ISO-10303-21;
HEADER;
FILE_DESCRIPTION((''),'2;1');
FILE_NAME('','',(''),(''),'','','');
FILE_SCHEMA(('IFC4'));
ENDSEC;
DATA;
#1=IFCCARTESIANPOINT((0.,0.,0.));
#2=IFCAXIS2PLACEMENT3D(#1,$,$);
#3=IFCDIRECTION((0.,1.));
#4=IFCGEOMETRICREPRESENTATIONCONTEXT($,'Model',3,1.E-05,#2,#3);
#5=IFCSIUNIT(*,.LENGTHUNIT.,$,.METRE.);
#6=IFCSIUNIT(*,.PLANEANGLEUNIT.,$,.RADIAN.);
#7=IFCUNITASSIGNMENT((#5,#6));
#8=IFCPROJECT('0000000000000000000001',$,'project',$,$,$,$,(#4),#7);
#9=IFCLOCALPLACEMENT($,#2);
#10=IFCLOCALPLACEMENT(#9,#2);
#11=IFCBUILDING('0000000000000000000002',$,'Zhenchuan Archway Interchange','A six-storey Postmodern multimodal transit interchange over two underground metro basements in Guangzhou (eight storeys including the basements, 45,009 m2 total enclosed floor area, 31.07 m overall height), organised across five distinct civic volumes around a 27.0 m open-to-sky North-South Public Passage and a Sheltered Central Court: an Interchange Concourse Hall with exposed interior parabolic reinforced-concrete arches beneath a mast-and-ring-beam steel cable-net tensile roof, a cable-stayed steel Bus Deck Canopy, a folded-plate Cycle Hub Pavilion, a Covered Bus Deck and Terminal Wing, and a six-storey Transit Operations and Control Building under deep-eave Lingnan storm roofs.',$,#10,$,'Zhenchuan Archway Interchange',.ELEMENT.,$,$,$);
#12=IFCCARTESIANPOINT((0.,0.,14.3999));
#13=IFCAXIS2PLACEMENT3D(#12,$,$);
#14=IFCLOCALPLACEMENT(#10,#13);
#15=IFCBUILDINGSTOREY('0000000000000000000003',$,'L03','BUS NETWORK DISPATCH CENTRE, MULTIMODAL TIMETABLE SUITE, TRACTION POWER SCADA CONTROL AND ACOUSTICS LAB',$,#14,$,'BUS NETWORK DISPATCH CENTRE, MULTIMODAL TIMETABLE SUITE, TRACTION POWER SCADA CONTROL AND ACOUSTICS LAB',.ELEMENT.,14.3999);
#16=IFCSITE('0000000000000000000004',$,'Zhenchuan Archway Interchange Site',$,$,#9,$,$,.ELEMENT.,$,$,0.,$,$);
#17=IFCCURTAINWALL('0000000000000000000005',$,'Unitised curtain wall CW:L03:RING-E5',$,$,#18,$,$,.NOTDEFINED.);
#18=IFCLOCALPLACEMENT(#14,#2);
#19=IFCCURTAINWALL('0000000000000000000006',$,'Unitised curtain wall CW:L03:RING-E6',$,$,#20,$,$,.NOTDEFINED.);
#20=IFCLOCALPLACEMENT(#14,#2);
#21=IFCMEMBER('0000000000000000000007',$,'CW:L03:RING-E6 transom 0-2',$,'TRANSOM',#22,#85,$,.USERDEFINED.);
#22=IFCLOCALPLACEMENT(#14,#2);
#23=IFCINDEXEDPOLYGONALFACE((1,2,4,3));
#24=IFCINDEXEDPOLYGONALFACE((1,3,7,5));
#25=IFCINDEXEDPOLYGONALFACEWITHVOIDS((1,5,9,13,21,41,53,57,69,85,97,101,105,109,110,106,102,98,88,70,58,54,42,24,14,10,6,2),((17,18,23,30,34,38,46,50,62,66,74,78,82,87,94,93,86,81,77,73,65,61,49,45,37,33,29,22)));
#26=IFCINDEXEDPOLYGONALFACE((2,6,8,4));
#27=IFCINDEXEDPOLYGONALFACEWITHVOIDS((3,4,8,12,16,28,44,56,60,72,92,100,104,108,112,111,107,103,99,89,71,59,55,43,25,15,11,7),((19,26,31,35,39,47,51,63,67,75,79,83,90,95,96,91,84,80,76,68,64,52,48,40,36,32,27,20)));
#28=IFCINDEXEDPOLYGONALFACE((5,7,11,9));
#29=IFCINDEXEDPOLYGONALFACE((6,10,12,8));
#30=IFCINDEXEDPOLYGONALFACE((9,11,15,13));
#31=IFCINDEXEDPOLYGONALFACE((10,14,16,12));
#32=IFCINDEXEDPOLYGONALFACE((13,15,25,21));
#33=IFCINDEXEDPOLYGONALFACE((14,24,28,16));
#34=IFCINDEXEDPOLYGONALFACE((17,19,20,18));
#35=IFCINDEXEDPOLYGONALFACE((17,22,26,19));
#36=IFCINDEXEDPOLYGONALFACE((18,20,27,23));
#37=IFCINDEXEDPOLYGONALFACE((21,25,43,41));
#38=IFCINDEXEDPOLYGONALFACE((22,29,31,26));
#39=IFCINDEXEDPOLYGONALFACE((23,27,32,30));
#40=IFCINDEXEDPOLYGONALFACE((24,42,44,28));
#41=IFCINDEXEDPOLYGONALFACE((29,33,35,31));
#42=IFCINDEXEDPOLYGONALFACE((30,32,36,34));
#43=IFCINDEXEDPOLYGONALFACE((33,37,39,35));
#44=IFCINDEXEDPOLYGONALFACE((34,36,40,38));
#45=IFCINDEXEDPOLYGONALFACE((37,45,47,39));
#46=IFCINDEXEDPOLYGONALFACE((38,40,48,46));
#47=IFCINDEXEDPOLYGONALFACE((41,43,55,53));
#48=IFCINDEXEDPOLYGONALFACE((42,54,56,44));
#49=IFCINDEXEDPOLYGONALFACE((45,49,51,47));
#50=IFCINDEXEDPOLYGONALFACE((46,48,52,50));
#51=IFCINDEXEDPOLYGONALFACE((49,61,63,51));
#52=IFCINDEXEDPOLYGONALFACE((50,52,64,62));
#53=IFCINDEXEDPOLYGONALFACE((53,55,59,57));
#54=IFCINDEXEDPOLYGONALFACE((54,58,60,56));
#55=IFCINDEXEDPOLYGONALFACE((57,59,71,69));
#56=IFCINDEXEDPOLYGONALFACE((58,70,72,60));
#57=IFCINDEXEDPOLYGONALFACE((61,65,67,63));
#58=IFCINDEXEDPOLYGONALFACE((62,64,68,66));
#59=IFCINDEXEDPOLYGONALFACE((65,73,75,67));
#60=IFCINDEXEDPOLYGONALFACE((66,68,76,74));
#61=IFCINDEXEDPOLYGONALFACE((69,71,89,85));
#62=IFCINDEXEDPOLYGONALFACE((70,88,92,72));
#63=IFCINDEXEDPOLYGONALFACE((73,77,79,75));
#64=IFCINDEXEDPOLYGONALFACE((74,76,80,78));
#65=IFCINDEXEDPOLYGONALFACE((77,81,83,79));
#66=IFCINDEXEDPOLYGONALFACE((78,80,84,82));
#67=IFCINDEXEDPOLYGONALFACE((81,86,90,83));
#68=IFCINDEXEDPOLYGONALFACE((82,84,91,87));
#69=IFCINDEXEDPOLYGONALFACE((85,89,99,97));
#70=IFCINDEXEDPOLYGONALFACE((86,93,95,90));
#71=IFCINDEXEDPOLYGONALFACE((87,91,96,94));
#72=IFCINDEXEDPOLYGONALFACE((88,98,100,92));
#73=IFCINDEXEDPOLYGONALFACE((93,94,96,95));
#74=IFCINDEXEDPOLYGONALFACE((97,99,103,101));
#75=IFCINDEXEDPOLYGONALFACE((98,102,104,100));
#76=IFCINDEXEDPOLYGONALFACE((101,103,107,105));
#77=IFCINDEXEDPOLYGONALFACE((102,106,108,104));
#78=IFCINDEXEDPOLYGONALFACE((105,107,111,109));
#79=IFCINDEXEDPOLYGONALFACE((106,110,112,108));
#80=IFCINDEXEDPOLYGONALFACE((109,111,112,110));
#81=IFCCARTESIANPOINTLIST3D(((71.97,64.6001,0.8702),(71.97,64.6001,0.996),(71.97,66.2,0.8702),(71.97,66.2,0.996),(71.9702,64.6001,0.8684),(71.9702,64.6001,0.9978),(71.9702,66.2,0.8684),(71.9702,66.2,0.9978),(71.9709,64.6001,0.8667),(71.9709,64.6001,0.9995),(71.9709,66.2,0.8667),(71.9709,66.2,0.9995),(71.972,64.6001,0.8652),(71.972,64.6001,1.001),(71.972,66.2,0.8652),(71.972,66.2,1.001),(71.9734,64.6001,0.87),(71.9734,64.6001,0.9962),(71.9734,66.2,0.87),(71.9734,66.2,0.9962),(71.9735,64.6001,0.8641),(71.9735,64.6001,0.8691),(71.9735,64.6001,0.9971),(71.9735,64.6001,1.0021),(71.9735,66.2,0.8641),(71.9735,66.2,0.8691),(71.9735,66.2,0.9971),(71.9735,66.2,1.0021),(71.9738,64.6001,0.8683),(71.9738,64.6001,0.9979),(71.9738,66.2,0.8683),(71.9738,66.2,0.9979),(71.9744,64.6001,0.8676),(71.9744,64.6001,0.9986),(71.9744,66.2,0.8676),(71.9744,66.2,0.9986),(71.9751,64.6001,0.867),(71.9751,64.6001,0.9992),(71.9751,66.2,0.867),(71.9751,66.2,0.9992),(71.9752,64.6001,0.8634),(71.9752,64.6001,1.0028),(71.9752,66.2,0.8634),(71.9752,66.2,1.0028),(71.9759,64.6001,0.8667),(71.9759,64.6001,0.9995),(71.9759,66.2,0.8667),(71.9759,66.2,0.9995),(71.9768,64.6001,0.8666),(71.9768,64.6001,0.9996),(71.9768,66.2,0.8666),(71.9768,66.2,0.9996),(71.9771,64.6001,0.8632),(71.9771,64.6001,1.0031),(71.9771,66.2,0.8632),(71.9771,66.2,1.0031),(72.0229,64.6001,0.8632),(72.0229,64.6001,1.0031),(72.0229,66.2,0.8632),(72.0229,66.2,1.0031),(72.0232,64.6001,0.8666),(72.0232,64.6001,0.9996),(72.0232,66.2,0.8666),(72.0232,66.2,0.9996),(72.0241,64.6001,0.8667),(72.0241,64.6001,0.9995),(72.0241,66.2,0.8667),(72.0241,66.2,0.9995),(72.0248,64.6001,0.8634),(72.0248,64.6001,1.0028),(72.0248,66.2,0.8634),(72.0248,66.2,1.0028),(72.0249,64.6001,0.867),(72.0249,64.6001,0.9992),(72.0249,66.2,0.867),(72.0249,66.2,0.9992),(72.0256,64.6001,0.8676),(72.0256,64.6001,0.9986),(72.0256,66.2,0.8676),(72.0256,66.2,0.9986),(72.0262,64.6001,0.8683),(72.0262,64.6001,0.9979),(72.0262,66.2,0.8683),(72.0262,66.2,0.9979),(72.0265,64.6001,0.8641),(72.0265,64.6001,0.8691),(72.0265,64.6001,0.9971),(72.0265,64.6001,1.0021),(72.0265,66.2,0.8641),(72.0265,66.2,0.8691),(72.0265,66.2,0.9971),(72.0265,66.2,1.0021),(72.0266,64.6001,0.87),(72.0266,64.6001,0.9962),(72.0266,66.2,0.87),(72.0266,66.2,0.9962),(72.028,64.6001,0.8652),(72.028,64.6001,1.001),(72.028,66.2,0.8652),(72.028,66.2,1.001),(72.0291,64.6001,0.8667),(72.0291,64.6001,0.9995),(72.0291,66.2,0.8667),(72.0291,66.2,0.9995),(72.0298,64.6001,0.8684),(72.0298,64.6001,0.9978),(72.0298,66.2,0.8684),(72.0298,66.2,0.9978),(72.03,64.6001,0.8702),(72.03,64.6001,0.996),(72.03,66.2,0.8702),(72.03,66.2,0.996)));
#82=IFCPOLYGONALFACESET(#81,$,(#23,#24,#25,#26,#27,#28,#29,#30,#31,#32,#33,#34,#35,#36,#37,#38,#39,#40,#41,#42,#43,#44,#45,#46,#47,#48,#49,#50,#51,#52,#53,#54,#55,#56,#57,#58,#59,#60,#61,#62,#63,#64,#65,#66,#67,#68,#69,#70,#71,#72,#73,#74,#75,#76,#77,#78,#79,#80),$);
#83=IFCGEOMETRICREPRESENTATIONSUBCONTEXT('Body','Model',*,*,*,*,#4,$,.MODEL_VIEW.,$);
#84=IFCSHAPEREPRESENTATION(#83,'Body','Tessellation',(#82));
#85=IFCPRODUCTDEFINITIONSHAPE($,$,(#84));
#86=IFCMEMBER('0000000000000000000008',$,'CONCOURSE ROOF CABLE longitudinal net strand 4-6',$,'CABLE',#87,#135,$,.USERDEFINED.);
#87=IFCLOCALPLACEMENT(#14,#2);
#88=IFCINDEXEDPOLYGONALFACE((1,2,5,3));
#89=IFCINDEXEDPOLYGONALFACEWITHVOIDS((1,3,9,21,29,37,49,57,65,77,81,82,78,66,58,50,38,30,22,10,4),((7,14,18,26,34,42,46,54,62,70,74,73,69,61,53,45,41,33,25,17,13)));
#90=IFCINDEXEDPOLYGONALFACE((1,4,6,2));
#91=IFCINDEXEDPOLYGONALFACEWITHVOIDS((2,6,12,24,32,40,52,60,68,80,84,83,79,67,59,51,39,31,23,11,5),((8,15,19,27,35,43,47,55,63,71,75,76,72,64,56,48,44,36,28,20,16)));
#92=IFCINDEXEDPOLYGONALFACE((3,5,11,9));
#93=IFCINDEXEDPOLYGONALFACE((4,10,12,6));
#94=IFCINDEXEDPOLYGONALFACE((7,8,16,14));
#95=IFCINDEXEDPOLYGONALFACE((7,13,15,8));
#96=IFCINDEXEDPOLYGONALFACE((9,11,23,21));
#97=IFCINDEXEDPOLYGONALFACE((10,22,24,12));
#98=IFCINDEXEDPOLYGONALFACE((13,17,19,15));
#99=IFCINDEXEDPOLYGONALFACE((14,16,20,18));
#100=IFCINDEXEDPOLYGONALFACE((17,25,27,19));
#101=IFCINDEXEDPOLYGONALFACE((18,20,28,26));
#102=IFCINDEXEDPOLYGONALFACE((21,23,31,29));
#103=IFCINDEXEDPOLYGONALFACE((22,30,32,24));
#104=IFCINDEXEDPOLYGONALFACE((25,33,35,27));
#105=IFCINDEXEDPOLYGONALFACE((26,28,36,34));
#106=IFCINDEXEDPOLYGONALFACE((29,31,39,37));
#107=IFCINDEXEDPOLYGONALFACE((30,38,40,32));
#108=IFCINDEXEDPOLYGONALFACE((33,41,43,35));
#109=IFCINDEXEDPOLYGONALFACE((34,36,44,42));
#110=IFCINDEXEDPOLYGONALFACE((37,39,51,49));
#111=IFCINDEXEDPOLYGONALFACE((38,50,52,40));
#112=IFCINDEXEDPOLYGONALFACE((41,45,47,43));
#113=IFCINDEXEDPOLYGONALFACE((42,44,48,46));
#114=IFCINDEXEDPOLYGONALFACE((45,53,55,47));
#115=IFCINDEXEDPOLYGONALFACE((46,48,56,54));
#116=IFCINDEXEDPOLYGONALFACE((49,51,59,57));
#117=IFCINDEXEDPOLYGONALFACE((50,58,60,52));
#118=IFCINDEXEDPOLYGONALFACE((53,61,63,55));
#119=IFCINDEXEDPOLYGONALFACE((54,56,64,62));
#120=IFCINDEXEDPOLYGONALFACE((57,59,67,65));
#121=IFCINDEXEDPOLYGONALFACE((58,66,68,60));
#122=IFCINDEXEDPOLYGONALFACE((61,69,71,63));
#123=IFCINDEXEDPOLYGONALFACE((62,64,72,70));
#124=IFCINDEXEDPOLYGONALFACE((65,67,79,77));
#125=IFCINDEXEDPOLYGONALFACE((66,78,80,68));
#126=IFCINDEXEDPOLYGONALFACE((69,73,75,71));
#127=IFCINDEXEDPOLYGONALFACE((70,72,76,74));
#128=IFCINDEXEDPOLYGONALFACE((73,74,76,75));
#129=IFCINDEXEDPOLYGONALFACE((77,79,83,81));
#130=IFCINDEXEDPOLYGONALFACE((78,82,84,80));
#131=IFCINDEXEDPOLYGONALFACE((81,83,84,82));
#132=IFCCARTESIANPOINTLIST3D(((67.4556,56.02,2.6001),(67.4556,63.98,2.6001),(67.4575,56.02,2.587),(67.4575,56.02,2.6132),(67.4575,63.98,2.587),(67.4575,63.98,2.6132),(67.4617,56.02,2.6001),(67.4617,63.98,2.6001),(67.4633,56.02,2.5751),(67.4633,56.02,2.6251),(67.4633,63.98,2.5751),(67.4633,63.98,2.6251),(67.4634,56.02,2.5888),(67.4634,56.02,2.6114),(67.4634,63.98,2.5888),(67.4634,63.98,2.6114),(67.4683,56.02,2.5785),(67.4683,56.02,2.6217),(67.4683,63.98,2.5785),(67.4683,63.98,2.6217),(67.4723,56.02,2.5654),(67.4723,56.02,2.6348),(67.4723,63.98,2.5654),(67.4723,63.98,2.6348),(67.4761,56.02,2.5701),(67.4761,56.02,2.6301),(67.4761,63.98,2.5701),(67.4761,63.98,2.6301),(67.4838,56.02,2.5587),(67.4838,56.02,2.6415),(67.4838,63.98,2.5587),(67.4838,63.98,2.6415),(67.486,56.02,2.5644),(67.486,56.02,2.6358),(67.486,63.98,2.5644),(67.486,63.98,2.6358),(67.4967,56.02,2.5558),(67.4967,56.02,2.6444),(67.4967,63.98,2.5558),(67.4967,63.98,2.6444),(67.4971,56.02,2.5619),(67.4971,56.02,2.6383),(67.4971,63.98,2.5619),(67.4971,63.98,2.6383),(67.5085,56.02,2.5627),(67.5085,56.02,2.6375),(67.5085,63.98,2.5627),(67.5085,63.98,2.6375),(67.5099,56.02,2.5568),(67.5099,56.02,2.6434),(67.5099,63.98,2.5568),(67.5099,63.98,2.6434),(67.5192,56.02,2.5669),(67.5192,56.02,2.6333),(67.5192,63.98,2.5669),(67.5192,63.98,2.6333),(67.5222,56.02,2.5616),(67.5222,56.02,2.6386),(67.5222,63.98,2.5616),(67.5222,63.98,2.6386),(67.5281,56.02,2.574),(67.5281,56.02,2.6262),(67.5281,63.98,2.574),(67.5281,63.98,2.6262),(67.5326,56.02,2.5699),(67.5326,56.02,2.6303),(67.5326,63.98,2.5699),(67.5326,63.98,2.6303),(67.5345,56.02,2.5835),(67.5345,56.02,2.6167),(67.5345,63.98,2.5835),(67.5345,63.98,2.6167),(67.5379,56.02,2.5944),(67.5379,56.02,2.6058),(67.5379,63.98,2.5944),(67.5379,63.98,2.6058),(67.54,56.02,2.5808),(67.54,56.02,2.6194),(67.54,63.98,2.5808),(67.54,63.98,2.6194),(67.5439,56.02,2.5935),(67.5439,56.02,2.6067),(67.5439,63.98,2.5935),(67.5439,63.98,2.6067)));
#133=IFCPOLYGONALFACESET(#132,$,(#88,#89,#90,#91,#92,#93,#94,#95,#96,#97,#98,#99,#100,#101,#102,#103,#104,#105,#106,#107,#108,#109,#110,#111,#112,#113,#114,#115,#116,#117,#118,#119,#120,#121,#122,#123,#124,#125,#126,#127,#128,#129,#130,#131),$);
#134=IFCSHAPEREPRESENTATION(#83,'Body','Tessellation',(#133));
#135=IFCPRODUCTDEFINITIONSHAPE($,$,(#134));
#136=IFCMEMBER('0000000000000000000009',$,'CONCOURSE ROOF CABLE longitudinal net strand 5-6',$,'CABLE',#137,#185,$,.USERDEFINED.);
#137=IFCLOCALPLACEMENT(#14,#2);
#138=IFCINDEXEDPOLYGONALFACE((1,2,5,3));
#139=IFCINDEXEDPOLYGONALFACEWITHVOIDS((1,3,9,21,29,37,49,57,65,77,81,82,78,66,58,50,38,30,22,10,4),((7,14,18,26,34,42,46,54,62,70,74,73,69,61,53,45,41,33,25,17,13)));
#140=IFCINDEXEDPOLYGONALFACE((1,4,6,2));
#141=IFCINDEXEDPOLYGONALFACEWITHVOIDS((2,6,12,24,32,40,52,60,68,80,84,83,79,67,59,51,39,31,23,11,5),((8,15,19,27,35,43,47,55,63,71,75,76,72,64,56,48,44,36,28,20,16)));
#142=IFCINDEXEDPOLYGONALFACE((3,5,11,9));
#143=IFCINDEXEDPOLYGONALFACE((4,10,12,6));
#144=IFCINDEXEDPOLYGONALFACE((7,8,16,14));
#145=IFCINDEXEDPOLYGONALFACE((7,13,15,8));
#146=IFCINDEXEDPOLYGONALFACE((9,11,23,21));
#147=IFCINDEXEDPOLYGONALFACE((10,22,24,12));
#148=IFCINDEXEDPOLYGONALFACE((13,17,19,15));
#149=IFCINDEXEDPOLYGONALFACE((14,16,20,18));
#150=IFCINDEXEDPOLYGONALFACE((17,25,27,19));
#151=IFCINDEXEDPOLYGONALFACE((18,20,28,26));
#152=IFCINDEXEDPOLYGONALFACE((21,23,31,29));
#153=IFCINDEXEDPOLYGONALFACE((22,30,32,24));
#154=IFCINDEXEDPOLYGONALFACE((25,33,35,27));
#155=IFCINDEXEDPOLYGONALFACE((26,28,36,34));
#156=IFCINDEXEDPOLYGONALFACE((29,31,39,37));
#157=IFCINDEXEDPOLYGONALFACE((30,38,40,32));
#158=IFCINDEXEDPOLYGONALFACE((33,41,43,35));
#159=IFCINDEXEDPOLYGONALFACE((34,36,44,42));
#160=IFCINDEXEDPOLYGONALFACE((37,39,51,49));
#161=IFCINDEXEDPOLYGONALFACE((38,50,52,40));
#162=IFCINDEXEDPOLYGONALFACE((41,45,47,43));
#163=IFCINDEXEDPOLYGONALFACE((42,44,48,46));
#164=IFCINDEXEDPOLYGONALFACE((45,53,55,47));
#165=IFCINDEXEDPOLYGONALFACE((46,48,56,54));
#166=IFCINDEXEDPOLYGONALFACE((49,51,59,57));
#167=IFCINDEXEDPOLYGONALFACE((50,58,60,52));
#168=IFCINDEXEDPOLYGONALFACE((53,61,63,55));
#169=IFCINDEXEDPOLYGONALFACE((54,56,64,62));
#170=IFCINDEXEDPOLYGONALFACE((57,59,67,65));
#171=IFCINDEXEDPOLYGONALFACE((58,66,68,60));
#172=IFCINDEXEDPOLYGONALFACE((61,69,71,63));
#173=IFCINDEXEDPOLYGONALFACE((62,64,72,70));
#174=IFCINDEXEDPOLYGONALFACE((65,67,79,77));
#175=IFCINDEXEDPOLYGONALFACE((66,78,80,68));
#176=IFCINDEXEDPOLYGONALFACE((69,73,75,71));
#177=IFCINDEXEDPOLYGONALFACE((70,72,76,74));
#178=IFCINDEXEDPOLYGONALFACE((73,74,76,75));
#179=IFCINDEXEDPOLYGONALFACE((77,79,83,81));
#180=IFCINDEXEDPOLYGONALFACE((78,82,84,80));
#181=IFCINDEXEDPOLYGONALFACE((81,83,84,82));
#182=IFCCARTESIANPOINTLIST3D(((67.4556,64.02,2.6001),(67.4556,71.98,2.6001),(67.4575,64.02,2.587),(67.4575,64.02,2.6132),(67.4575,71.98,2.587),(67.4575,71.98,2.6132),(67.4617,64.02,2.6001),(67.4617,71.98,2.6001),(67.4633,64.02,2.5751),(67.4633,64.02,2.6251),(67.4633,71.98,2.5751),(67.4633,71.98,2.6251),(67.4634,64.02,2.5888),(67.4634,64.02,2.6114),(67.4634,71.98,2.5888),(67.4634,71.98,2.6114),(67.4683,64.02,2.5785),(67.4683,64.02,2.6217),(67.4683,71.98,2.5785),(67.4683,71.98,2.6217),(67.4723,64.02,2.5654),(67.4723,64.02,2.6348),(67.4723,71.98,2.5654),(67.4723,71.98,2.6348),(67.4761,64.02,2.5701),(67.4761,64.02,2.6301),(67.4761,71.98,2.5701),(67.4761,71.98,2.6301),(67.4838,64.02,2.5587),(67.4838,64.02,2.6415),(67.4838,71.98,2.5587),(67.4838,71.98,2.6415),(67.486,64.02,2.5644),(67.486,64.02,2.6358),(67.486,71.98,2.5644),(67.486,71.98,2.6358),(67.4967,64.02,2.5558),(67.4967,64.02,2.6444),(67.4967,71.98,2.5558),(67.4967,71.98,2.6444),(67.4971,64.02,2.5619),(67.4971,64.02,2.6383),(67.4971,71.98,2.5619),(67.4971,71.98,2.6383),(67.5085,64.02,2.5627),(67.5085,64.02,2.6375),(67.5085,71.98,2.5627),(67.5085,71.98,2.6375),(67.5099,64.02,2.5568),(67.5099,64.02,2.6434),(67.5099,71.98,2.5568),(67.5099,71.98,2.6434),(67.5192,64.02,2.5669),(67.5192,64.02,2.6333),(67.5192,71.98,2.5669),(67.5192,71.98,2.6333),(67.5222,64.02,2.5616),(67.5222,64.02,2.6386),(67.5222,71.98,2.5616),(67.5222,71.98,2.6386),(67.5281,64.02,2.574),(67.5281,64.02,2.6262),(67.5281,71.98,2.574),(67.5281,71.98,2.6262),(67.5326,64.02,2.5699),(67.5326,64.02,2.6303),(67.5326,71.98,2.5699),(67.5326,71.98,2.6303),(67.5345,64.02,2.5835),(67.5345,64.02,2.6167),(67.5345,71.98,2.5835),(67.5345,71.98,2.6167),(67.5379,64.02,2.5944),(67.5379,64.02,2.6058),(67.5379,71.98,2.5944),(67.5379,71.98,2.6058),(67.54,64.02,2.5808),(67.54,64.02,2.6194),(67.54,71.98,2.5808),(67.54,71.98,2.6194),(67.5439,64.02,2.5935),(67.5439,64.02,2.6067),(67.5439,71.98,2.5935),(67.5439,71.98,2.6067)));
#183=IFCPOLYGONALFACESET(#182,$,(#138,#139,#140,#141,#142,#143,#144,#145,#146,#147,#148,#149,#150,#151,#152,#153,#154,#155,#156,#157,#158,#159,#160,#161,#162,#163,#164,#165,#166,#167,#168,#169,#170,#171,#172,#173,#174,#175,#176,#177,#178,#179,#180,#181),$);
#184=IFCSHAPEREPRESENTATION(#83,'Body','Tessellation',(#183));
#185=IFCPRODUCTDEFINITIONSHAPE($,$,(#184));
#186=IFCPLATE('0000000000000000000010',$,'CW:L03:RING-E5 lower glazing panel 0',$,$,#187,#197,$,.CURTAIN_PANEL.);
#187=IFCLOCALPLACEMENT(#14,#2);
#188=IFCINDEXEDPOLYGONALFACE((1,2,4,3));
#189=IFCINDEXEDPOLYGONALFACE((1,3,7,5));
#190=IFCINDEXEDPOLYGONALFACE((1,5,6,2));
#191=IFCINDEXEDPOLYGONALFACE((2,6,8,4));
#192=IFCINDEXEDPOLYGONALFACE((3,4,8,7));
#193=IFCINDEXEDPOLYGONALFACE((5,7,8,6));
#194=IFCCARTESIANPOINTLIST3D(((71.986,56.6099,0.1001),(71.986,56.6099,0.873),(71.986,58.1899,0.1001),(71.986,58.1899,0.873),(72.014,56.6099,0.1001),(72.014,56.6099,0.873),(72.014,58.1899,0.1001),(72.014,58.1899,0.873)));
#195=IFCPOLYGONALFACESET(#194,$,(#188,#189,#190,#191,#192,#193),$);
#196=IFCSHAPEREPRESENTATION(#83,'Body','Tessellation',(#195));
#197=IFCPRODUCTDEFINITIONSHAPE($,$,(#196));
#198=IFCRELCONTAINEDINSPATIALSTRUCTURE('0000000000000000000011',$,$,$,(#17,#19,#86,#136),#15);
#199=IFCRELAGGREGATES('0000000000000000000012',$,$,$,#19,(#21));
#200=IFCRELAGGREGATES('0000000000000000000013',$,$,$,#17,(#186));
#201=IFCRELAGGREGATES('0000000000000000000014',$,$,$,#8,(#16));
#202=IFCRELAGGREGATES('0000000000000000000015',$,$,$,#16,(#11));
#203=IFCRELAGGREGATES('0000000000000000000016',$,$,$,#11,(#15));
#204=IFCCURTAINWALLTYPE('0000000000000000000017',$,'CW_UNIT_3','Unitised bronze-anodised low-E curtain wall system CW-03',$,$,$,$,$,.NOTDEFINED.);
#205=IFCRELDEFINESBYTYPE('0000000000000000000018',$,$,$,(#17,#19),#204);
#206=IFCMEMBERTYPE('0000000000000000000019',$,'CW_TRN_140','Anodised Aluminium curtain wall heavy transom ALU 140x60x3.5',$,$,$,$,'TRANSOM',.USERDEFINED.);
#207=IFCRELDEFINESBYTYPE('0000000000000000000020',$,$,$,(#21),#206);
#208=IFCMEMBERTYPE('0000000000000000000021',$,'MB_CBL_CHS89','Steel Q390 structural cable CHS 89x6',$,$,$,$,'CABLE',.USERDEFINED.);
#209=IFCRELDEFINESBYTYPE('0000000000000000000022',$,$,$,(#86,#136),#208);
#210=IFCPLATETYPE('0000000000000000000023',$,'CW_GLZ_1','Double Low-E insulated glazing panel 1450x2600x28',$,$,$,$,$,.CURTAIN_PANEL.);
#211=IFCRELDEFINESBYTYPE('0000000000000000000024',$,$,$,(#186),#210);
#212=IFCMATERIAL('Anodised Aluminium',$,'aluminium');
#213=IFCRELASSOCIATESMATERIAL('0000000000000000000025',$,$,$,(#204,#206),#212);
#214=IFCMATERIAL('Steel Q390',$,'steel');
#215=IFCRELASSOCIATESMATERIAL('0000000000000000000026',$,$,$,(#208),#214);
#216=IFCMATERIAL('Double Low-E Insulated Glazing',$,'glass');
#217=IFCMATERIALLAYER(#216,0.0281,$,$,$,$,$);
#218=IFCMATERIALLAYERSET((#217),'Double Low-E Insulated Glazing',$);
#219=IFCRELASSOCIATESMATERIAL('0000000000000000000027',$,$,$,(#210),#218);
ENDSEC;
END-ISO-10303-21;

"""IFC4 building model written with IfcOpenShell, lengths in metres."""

from ifc_helpers import new_model, si_unit, direction, frame, origin, origin_2d, place, context, subcontext, project, spatial, rectangle, hollow_rectangle, hollow_circle, extrude, material, layer, layer_set, material_profile, profile_set, type_object, element, aggregate, save


model = new_model("IFC4")

# Units and contexts
model_context = context("Model", 3, precision=1e-05, world=origin(), true_north=direction((0.0, 1.0)))
body_context = subcontext(model_context, "Body", "Model", "MODEL_VIEW")
ifc_project = project(units=[si_unit("LENGTHUNIT", "METRE"), si_unit("PLANEANGLEUNIT", "RADIAN")], contexts=[model_context])

# Site, building, storey
site_placement = place(None, origin())
site = spatial("IfcSite", under=ifc_project, at=site_placement, Name="Zhenchuan Archway Interchange Site", CompositionType="ELEMENT", RefElevation=0.0)
building_placement = place(site_placement, origin())
building = spatial("IfcBuilding", under=site, at=building_placement, Name="Zhenchuan Archway Interchange", Description="A six-storey Postmodern multimodal transit interchange over two underground metro basements in Guangzhou (eight storeys including the basements, 45,009 m2 total enclosed floor area, 31.07 m overall height), organised across five distinct civic volumes around a 27.0 m open-to-sky North-South Public Passage and a Sheltered Central Court: an Interchange Concourse Hall with exposed interior parabolic reinforced-concrete arches beneath a mast-and-ring-beam steel cable-net tensile roof, a cable-stayed steel Bus Deck Canopy, a folded-plate Cycle Hub Pavilion, a Covered Bus Deck and Terminal Wing, and a six-storey Transit Operations and Control Building under deep-eave Lingnan storm roofs.", LongName="Zhenchuan Archway Interchange", CompositionType="ELEMENT")
storey_placement = place(building_placement, frame((0.0, 0.0, 14.3999)))
storey = spatial("IfcBuildingStorey", under=building, at=storey_placement, Name="L03", Description="BUS NETWORK DISPATCH CENTRE, MULTIMODAL TIMETABLE SUITE, TRACTION POWER SCADA CONTROL AND ACOUSTICS LAB", LongName="BUS NETWORK DISPATCH CENTRE, MULTIMODAL TIMETABLE SUITE, TRACTION POWER SCADA CONTROL AND ACOUSTICS LAB", CompositionType="ELEMENT", Elevation=14.3999)

# Shared definitions
ifc_material_1 = material(Name="Steel Q390", Category="steel")

# Curtain wall
ifc_material_2 = material(Name="Anodised Aluminium", Category="aluminium")
curtain_wall_type = type_object("IfcCurtainWallType", Name="CW_UNIT_3", Description="Unitised bronze-anodised low-E curtain wall system CW-03", PredefinedType="NOTDEFINED", material=ifc_material_2)
curtain_wall_1_placement = place(storey_placement, origin())
curtain_wall_1 = element("IfcCurtainWall", 1, at=curtain_wall_1_placement, inside=storey, type_object=curtain_wall_type, Name="Unitised curtain wall CW:L03:RING-E5", PredefinedType="NOTDEFINED")

# Curtain wall
curtain_wall_2_placement = place(storey_placement, origin())
curtain_wall_2 = element("IfcCurtainWall", 2, at=curtain_wall_2_placement, inside=storey, type_object=curtain_wall_type, Name="Unitised curtain wall CW:L03:RING-E6", PredefinedType="NOTDEFINED")

# Member
ifc_material_profile_1 = material_profile(ifc_material_2, hollow_rectangle(XDim=0.0601, YDim=0.1399, WallThickness=0.0034, InnerFilletRadius=0.0034, OuterFilletRadius=0.0071, at=origin_2d()), Name="ALU 140x60x3.5")
ifc_profile_set_1 = profile_set([ifc_material_profile_1], Name="Anodised Aluminium")
member_type_1 = type_object("IfcMemberType", Name="CW_TRN_140", Description="Anodised Aluminium curtain wall heavy transom ALU 140x60x3.5", ElementType="TRANSOM", PredefinedType="USERDEFINED", material=ifc_profile_set_1)
member_1_placement = place(storey_placement, frame((72.0, 64.6001, 0.9331), z_axis=(0.0, 1.0, 0.0), x_axis=(-1.0, 0.0, 0.0)))
member_1 = element("IfcMember", 3, at=member_1_placement, type_object=member_type_1, Name="CW:L03:RING-E6 transom 0-2", ObjectType="TRANSOM", PredefinedType="USERDEFINED", context=body_context, shape_type="SweptSolid", body=[
    extrude(hollow_rectangle(XDim=0.0601, YDim=0.1399, WallThickness=0.0034, InnerFilletRadius=0.0034, OuterFilletRadius=0.0071, at=origin_2d()), origin(), (0.0, 0.0, 1.0), 1.5999),
])
aggregate(curtain_wall_2, [member_1])

# Members
ifc_material_profile_2 = material_profile(ifc_material_1, hollow_circle(Radius=0.0444, WallThickness=0.0061, at=origin_2d()), Name="CHS 89x6")
ifc_profile_set_2 = profile_set([ifc_material_profile_2], Name="Steel Q390")
member_type_2 = type_object("IfcMemberType", Name="MB_CBL_CHS89", Description="Steel Q390 structural cable CHS 89x6", ElementType="CABLE", PredefinedType="USERDEFINED", material=ifc_profile_set_2)
for number, where, z_axis, x_axis, name in (
    (4, (67.5, 56.02, 2.6001), (0.0, 1.0, 0.0), (-1.0, 0.0, 0.0), "CONCOURSE ROOF CABLE longitudinal net strand 4-6"),
    (5, (67.5, 64.02, 2.6001), (0.0, 1.0, 0.0), (-1.0, 0.0, 0.0), "CONCOURSE ROOF CABLE longitudinal net strand 5-6"),
):
    element("IfcMember", number, at=place(storey_placement, frame(where, z_axis=z_axis, x_axis=x_axis)), inside=storey, type_object=member_type_2, Name=name, ObjectType="CABLE", PredefinedType="USERDEFINED", context=body_context, shape_type="SweptSolid", body=[
        extrude(hollow_circle(Radius=0.0444, WallThickness=0.0061, at=origin_2d()), origin(), (0.0, 0.0, 1.0), 7.96),
    ])

# Plate
ifc_material_3 = material(Name="Double Low-E Insulated Glazing", Category="glass")
ifc_layer_1 = layer(ifc_material_3, 0.0281)
ifc_layer_set_1 = layer_set([ifc_layer_1], Name="Double Low-E Insulated Glazing")
plate_type_1 = type_object("IfcPlateType", Name="CW_GLZ_1", Description="Double Low-E insulated glazing panel 1450x2600x28", PredefinedType="CURTAIN_PANEL", material=ifc_layer_set_1)
plate_1_placement = place(storey_placement, frame((72.0, 57.3999, 0.1001), z_axis=(0.0, 0.0, 1.0), x_axis=(0.0, 1.0, 0.0)))
plate_1 = element("IfcPlate", 6, at=plate_1_placement, type_object=plate_type_1, Name="CW:L03:RING-E5 lower glazing panel 0", PredefinedType="CURTAIN_PANEL", context=body_context, shape_type="SweptSolid", body=[
    extrude(rectangle(XDim=1.5801, YDim=0.0281, at=origin_2d()), origin(), (0.0, 0.0, 1.0), 0.7729),
])
aggregate(curtain_wall_1, [plate_1])

save(model, "model.ifc")
